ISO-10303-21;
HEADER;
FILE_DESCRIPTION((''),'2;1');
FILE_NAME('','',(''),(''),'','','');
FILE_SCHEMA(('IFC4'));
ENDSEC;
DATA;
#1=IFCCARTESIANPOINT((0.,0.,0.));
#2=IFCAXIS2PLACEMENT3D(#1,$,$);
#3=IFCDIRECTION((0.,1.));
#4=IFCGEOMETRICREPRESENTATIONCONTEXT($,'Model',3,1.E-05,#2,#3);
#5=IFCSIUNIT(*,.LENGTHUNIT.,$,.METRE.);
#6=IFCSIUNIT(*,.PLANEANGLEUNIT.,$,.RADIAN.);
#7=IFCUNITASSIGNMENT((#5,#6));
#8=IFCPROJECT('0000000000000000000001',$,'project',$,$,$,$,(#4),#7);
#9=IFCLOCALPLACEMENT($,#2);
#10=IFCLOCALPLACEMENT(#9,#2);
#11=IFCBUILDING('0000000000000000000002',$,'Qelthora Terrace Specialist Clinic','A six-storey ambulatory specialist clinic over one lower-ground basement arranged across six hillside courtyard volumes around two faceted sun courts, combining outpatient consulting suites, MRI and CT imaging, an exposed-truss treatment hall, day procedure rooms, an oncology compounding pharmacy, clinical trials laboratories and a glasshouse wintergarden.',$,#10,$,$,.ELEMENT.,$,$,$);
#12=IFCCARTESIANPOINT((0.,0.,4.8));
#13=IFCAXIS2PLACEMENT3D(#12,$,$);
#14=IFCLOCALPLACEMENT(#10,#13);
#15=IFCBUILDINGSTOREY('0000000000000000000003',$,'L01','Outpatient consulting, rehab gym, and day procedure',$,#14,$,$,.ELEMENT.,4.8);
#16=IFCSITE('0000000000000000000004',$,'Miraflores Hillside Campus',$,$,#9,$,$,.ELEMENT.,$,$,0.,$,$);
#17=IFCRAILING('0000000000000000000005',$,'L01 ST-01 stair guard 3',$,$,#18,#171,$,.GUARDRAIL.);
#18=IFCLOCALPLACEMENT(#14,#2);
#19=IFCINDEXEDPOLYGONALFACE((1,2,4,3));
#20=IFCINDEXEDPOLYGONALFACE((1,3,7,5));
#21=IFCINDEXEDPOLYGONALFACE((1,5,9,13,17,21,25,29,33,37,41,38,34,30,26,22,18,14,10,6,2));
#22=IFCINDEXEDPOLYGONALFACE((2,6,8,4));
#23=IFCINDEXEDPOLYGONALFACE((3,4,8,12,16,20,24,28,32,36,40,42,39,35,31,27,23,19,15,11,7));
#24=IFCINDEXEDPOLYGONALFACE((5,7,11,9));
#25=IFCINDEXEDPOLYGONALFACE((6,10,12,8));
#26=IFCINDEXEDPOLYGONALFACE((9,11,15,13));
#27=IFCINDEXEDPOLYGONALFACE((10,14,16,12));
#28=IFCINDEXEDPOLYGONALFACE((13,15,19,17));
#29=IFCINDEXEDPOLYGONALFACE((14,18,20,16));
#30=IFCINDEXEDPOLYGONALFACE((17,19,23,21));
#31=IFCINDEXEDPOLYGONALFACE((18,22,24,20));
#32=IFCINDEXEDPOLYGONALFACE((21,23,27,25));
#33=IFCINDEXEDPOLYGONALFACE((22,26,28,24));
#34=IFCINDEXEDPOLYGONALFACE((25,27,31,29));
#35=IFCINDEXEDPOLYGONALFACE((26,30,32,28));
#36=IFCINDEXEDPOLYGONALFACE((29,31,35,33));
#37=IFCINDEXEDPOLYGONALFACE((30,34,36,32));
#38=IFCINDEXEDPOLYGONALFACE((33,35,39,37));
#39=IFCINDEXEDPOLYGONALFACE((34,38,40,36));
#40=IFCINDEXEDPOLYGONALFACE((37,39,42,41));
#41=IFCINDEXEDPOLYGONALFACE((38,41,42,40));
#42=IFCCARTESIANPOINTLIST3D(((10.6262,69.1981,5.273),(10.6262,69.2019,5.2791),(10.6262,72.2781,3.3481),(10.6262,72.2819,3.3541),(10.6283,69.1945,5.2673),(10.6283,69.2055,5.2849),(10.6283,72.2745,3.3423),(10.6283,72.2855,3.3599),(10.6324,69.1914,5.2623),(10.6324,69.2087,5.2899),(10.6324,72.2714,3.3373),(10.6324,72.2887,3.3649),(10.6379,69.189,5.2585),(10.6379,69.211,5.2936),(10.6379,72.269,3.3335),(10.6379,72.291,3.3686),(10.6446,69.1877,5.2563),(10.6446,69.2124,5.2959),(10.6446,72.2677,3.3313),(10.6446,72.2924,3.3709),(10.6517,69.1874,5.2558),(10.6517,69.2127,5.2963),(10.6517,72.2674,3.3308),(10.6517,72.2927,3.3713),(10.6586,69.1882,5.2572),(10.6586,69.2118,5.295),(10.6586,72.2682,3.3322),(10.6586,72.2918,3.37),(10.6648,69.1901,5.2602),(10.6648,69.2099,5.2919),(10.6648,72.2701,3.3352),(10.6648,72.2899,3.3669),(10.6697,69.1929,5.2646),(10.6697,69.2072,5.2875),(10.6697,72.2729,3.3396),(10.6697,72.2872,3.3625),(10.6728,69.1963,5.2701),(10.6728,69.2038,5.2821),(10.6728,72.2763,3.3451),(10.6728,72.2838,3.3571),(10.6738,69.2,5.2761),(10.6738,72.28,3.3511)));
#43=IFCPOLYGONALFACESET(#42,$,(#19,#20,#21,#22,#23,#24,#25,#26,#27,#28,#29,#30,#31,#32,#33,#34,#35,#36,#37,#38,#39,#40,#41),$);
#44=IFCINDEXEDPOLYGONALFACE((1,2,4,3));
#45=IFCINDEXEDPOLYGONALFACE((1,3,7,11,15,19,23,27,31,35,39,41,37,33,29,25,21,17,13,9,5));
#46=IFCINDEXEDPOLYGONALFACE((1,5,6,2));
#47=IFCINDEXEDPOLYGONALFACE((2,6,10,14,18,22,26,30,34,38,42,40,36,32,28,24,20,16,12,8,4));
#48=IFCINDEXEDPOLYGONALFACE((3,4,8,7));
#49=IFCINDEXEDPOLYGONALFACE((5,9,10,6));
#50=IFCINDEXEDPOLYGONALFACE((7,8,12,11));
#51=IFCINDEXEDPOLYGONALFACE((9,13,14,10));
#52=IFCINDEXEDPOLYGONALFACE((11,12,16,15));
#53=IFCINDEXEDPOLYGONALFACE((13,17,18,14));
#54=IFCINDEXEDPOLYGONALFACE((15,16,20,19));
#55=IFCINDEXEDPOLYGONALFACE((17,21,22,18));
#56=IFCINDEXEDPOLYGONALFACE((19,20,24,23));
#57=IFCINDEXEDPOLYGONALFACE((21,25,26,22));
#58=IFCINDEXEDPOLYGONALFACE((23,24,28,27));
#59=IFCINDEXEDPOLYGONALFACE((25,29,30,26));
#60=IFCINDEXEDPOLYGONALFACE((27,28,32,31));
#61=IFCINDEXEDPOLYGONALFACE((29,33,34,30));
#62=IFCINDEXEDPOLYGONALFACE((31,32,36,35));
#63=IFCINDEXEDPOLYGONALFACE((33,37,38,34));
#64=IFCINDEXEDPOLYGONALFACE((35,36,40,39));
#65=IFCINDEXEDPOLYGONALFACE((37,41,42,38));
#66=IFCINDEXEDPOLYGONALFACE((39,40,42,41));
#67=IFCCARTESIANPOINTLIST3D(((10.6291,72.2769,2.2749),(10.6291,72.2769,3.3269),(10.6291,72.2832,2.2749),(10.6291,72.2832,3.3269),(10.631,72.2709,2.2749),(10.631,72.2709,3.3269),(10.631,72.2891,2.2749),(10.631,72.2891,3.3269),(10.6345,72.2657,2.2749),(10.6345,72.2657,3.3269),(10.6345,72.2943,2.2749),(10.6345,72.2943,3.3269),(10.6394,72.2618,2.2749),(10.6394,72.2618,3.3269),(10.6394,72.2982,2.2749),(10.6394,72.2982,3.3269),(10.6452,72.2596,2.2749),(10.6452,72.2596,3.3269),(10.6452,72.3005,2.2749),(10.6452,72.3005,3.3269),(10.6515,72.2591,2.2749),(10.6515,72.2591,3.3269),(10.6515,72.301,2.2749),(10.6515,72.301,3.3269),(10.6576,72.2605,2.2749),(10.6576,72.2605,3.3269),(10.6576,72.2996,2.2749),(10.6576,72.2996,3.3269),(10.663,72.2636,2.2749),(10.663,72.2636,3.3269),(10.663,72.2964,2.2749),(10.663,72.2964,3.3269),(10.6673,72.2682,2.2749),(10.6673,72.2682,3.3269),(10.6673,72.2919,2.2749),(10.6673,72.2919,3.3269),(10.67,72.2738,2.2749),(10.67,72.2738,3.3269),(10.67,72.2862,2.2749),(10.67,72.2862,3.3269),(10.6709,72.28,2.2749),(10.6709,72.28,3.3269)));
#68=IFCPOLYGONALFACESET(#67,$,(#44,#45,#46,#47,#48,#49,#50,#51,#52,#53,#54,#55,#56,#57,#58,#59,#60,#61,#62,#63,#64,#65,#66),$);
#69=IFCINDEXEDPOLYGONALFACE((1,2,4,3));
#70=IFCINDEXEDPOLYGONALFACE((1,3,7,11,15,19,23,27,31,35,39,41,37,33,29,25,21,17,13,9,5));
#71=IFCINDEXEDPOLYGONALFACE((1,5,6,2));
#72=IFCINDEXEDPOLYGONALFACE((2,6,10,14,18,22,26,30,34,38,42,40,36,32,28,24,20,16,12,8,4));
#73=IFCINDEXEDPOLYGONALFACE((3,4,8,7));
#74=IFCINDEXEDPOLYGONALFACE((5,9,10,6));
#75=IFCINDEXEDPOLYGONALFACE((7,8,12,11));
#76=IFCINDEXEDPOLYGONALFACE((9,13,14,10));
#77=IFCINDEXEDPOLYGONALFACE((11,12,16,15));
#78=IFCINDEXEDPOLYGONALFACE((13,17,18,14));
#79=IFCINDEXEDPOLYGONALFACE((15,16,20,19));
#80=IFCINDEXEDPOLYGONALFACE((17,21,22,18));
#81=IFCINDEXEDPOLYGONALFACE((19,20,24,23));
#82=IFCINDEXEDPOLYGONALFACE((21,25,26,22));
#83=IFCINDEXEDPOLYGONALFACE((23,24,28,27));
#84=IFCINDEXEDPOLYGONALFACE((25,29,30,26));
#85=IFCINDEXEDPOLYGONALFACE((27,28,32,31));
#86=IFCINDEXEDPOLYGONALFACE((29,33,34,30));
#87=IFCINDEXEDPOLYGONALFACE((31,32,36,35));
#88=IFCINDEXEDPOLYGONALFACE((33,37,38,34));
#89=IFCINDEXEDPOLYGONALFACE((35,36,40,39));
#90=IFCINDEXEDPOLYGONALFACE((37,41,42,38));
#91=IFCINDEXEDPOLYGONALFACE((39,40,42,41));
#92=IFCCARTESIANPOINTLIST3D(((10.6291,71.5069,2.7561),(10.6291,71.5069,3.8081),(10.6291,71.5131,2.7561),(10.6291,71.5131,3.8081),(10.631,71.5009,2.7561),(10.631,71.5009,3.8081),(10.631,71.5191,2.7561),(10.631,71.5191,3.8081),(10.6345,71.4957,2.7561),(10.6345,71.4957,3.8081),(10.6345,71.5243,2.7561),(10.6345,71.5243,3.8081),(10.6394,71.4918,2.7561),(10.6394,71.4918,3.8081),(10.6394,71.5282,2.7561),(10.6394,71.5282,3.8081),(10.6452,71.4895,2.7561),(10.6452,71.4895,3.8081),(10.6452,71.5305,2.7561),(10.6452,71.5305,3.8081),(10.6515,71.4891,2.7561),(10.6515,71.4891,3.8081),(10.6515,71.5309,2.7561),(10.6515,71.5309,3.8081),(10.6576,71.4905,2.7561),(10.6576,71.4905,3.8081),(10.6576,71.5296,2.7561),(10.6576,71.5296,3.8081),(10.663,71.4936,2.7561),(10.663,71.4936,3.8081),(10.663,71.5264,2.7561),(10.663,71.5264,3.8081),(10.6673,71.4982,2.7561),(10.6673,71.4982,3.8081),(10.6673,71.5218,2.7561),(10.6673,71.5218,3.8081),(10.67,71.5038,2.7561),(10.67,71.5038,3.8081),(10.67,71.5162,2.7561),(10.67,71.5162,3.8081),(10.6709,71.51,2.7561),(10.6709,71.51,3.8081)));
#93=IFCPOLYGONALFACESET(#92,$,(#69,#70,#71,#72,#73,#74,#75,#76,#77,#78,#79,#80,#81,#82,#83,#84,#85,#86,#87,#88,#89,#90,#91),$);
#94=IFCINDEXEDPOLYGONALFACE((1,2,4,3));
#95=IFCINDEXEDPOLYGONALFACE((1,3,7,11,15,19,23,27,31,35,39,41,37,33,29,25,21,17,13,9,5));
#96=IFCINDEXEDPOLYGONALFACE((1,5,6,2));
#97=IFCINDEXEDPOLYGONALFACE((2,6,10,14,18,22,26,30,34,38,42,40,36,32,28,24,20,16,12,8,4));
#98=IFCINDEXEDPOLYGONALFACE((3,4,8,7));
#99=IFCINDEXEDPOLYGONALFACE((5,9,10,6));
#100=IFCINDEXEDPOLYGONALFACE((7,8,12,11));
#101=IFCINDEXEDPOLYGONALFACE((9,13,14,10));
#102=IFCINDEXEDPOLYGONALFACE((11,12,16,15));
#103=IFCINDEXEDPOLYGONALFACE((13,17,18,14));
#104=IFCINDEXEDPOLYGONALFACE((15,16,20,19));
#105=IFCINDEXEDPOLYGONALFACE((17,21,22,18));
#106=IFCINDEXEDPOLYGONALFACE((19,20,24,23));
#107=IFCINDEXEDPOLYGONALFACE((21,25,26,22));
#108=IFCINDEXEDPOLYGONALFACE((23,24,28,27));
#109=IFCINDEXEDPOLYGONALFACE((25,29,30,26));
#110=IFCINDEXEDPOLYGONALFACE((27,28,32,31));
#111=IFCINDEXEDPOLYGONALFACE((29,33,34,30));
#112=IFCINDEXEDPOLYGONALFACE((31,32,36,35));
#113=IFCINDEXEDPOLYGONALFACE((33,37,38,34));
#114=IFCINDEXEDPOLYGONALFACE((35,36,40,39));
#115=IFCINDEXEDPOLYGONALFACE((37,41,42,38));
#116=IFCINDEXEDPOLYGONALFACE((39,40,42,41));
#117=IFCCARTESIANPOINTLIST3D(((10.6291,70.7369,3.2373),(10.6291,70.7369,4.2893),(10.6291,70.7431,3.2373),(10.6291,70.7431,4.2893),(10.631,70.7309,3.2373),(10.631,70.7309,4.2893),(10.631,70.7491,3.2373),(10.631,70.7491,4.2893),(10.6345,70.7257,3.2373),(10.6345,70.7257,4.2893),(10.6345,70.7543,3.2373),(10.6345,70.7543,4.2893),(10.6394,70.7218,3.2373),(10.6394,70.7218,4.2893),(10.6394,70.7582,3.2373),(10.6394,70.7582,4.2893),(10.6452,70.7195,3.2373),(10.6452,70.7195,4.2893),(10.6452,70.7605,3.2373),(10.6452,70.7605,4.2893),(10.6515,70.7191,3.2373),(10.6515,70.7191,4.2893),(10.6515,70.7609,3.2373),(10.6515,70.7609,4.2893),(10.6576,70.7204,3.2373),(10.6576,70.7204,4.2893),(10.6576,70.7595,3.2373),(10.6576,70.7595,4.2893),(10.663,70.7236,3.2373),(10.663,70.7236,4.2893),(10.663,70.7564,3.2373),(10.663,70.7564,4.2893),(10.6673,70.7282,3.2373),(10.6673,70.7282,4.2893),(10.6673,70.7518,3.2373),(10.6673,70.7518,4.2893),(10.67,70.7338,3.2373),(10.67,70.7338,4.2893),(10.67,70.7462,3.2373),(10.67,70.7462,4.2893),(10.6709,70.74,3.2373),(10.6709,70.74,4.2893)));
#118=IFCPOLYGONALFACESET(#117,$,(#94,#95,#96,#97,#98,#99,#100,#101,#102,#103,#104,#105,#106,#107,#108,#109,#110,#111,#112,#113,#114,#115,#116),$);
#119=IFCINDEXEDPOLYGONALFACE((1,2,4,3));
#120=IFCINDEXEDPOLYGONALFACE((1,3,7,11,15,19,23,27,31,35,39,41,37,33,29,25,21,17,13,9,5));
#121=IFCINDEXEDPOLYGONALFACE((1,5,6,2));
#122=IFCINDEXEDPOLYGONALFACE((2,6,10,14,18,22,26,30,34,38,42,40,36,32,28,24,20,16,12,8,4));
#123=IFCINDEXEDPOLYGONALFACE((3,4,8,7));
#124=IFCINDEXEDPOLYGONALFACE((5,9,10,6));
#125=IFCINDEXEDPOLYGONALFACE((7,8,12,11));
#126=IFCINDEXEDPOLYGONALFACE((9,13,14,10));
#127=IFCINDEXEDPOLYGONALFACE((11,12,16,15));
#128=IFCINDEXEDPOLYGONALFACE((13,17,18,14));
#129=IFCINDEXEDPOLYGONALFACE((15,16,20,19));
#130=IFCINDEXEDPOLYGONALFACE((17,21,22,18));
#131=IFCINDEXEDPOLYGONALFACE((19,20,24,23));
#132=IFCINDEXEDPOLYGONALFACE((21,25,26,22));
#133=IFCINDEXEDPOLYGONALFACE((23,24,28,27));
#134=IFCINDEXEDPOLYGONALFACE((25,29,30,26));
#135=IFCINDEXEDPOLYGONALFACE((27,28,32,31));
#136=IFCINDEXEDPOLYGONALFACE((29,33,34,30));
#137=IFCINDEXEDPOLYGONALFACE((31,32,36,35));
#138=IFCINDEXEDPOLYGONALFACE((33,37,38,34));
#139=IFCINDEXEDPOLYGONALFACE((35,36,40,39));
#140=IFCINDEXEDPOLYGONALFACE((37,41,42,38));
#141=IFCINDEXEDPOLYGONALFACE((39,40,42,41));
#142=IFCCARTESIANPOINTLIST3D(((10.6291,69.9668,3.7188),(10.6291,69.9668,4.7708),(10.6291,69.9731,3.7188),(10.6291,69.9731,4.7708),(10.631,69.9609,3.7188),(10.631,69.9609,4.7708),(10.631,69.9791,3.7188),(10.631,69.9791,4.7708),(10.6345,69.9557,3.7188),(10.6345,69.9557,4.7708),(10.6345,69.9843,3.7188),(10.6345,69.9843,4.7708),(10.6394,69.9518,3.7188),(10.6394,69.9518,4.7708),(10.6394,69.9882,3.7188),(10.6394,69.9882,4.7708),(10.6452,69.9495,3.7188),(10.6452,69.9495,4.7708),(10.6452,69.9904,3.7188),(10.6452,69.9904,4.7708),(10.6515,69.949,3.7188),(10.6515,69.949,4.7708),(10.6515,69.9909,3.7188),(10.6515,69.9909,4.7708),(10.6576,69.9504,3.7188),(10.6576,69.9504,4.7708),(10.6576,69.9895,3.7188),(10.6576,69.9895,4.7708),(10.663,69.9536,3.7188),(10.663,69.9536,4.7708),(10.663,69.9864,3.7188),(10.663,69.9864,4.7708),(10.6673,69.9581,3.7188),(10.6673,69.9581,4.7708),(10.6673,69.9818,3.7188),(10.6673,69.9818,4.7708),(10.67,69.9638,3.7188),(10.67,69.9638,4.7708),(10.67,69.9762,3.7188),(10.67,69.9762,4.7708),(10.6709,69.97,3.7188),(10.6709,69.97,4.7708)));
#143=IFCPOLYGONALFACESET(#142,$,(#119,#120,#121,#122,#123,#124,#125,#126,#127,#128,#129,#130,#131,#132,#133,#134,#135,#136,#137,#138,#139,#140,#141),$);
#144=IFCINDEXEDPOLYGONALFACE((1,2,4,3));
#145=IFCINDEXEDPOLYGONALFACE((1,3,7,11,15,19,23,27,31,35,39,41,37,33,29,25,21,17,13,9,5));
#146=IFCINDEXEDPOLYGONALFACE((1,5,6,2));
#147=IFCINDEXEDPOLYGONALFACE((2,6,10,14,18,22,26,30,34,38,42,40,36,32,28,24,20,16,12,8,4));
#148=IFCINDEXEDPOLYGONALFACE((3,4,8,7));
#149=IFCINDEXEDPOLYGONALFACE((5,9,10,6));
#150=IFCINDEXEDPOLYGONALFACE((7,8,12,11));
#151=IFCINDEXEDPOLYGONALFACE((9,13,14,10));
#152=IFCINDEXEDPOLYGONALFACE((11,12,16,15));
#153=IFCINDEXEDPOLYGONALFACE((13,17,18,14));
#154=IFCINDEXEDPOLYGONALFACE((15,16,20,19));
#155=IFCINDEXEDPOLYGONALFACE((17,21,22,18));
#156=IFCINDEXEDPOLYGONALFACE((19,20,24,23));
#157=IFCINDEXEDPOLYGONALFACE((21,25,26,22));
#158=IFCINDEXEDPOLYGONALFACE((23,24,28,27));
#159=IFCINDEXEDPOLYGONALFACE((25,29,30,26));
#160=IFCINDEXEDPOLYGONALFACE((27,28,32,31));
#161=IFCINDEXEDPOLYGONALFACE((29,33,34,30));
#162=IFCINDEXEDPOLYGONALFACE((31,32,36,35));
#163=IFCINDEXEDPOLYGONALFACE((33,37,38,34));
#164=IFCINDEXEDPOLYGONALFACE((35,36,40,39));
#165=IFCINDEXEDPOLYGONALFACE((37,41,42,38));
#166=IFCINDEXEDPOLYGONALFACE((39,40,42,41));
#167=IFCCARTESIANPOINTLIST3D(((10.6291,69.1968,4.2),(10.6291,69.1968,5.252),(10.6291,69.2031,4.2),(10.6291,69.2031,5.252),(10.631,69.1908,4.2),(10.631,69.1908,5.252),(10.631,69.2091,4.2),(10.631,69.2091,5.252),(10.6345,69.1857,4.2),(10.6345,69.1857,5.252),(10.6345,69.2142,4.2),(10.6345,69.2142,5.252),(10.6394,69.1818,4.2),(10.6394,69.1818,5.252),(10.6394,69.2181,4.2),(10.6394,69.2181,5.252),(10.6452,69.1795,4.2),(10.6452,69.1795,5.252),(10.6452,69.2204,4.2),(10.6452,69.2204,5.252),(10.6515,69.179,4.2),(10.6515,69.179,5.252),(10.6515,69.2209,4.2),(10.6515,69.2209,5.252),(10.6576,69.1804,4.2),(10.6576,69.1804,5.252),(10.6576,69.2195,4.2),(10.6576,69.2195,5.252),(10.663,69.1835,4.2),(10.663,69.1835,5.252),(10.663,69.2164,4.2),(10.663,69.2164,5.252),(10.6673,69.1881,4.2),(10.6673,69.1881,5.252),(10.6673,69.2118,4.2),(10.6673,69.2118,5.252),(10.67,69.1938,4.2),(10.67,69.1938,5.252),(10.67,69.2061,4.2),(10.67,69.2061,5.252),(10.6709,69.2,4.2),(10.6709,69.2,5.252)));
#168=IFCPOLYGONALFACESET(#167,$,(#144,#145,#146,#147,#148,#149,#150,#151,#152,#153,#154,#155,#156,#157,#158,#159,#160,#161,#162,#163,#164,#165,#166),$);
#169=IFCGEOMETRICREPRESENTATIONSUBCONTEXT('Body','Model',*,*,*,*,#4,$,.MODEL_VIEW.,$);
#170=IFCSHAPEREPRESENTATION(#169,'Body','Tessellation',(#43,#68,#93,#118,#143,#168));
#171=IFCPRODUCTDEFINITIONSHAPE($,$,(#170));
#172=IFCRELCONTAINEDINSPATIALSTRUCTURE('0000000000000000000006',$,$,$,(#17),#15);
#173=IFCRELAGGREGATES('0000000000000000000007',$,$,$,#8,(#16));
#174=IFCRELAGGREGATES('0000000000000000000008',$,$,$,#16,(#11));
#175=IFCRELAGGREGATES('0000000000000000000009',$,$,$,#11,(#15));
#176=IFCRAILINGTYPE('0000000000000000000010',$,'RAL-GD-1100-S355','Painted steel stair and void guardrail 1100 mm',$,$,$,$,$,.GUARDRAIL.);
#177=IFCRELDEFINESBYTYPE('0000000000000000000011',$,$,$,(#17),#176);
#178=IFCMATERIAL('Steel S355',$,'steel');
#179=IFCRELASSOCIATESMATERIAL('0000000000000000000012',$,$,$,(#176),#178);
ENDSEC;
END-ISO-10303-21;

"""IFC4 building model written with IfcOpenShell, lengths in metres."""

from ifc_helpers import new_model, si_unit, direction, frame, origin, origin_2d, place, context, subcontext, project, spatial, circle, extrude, material, type_object, element, save


model = new_model("IFC4")

# Units and contexts
model_context = context("Model", 3, precision=1e-05, world=origin(), true_north=direction((0.0, 1.0)))
body_context = subcontext(model_context, "Body", "Model", "MODEL_VIEW")
ifc_project = project(units=[si_unit("LENGTHUNIT", "METRE"), si_unit("PLANEANGLEUNIT", "RADIAN")], contexts=[model_context])

# Site, building, storey
site_placement = place(None, origin())
site = spatial("IfcSite", under=ifc_project, at=site_placement, Name="Miraflores Hillside Campus", CompositionType="ELEMENT", RefElevation=0.0)
building_placement = place(site_placement, origin())
building = spatial("IfcBuilding", under=site, at=building_placement, Name="Qelthora Terrace Specialist Clinic", Description="A six-storey ambulatory specialist clinic over one lower-ground basement arranged across six hillside courtyard volumes around two faceted sun courts, combining outpatient consulting suites, MRI and CT imaging, an exposed-truss treatment hall, day procedure rooms, an oncology compounding pharmacy, clinical trials laboratories and a glasshouse wintergarden.", CompositionType="ELEMENT")
storey_placement = place(building_placement, frame((0.0, 0.0, 4.8)))
storey = spatial("IfcBuildingStorey", under=building, at=storey_placement, Name="L01", Description="Outpatient consulting, rehab gym, and day procedure", CompositionType="ELEMENT", Elevation=4.8)

# Shared definitions
ifc_material_1 = material(Name="Steel S355", Category="steel")

# Railing
railing_type_1 = type_object("IfcRailingType", Name="RAL-GD-1100-S355", Description="Painted steel stair and void guardrail 1100 mm", PredefinedType="GUARDRAIL", material=ifc_material_1)
railing_1_placement = place(storey_placement, frame((10.6499, 72.28, 2.2749)))
element("IfcRailing", 1, at=railing_1_placement, inside=storey, type_object=railing_type_1, Name="L01 ST-01 stair guard 3", PredefinedType="GUARDRAIL", context=body_context, shape_type="SweptSolid", body=[
    extrude(circle(Radius=0.0239, at=origin_2d()), frame((0.0, 0.0, 1.0762), z_axis=(0.0, -0.847998, 0.529999), x_axis=(1.0, 0.0, 0.0)), (0.0, 0.0, 1.0), 3.6321),
    extrude(circle(Radius=0.021, at=origin_2d()), origin(), (0.0, 0.0, 1.0), 1.052),
    extrude(circle(Radius=0.021, at=origin_2d()), frame((0.0, -0.77, 0.4812)), (0.0, 0.0, 1.0), 1.052),
    extrude(circle(Radius=0.021, at=origin_2d()), frame((0.0, -1.54, 0.9624)), (0.0, 0.0, 1.0), 1.052),
    extrude(circle(Radius=0.021, at=origin_2d()), frame((0.0, -2.3101, 1.4438)), (0.0, 0.0, 1.0), 1.052),
    extrude(circle(Radius=0.021, at=origin_2d()), frame((0.0, -3.0801, 1.925)), (0.0, 0.0, 1.0), 1.052),
])

save(model, "model.ifc")
